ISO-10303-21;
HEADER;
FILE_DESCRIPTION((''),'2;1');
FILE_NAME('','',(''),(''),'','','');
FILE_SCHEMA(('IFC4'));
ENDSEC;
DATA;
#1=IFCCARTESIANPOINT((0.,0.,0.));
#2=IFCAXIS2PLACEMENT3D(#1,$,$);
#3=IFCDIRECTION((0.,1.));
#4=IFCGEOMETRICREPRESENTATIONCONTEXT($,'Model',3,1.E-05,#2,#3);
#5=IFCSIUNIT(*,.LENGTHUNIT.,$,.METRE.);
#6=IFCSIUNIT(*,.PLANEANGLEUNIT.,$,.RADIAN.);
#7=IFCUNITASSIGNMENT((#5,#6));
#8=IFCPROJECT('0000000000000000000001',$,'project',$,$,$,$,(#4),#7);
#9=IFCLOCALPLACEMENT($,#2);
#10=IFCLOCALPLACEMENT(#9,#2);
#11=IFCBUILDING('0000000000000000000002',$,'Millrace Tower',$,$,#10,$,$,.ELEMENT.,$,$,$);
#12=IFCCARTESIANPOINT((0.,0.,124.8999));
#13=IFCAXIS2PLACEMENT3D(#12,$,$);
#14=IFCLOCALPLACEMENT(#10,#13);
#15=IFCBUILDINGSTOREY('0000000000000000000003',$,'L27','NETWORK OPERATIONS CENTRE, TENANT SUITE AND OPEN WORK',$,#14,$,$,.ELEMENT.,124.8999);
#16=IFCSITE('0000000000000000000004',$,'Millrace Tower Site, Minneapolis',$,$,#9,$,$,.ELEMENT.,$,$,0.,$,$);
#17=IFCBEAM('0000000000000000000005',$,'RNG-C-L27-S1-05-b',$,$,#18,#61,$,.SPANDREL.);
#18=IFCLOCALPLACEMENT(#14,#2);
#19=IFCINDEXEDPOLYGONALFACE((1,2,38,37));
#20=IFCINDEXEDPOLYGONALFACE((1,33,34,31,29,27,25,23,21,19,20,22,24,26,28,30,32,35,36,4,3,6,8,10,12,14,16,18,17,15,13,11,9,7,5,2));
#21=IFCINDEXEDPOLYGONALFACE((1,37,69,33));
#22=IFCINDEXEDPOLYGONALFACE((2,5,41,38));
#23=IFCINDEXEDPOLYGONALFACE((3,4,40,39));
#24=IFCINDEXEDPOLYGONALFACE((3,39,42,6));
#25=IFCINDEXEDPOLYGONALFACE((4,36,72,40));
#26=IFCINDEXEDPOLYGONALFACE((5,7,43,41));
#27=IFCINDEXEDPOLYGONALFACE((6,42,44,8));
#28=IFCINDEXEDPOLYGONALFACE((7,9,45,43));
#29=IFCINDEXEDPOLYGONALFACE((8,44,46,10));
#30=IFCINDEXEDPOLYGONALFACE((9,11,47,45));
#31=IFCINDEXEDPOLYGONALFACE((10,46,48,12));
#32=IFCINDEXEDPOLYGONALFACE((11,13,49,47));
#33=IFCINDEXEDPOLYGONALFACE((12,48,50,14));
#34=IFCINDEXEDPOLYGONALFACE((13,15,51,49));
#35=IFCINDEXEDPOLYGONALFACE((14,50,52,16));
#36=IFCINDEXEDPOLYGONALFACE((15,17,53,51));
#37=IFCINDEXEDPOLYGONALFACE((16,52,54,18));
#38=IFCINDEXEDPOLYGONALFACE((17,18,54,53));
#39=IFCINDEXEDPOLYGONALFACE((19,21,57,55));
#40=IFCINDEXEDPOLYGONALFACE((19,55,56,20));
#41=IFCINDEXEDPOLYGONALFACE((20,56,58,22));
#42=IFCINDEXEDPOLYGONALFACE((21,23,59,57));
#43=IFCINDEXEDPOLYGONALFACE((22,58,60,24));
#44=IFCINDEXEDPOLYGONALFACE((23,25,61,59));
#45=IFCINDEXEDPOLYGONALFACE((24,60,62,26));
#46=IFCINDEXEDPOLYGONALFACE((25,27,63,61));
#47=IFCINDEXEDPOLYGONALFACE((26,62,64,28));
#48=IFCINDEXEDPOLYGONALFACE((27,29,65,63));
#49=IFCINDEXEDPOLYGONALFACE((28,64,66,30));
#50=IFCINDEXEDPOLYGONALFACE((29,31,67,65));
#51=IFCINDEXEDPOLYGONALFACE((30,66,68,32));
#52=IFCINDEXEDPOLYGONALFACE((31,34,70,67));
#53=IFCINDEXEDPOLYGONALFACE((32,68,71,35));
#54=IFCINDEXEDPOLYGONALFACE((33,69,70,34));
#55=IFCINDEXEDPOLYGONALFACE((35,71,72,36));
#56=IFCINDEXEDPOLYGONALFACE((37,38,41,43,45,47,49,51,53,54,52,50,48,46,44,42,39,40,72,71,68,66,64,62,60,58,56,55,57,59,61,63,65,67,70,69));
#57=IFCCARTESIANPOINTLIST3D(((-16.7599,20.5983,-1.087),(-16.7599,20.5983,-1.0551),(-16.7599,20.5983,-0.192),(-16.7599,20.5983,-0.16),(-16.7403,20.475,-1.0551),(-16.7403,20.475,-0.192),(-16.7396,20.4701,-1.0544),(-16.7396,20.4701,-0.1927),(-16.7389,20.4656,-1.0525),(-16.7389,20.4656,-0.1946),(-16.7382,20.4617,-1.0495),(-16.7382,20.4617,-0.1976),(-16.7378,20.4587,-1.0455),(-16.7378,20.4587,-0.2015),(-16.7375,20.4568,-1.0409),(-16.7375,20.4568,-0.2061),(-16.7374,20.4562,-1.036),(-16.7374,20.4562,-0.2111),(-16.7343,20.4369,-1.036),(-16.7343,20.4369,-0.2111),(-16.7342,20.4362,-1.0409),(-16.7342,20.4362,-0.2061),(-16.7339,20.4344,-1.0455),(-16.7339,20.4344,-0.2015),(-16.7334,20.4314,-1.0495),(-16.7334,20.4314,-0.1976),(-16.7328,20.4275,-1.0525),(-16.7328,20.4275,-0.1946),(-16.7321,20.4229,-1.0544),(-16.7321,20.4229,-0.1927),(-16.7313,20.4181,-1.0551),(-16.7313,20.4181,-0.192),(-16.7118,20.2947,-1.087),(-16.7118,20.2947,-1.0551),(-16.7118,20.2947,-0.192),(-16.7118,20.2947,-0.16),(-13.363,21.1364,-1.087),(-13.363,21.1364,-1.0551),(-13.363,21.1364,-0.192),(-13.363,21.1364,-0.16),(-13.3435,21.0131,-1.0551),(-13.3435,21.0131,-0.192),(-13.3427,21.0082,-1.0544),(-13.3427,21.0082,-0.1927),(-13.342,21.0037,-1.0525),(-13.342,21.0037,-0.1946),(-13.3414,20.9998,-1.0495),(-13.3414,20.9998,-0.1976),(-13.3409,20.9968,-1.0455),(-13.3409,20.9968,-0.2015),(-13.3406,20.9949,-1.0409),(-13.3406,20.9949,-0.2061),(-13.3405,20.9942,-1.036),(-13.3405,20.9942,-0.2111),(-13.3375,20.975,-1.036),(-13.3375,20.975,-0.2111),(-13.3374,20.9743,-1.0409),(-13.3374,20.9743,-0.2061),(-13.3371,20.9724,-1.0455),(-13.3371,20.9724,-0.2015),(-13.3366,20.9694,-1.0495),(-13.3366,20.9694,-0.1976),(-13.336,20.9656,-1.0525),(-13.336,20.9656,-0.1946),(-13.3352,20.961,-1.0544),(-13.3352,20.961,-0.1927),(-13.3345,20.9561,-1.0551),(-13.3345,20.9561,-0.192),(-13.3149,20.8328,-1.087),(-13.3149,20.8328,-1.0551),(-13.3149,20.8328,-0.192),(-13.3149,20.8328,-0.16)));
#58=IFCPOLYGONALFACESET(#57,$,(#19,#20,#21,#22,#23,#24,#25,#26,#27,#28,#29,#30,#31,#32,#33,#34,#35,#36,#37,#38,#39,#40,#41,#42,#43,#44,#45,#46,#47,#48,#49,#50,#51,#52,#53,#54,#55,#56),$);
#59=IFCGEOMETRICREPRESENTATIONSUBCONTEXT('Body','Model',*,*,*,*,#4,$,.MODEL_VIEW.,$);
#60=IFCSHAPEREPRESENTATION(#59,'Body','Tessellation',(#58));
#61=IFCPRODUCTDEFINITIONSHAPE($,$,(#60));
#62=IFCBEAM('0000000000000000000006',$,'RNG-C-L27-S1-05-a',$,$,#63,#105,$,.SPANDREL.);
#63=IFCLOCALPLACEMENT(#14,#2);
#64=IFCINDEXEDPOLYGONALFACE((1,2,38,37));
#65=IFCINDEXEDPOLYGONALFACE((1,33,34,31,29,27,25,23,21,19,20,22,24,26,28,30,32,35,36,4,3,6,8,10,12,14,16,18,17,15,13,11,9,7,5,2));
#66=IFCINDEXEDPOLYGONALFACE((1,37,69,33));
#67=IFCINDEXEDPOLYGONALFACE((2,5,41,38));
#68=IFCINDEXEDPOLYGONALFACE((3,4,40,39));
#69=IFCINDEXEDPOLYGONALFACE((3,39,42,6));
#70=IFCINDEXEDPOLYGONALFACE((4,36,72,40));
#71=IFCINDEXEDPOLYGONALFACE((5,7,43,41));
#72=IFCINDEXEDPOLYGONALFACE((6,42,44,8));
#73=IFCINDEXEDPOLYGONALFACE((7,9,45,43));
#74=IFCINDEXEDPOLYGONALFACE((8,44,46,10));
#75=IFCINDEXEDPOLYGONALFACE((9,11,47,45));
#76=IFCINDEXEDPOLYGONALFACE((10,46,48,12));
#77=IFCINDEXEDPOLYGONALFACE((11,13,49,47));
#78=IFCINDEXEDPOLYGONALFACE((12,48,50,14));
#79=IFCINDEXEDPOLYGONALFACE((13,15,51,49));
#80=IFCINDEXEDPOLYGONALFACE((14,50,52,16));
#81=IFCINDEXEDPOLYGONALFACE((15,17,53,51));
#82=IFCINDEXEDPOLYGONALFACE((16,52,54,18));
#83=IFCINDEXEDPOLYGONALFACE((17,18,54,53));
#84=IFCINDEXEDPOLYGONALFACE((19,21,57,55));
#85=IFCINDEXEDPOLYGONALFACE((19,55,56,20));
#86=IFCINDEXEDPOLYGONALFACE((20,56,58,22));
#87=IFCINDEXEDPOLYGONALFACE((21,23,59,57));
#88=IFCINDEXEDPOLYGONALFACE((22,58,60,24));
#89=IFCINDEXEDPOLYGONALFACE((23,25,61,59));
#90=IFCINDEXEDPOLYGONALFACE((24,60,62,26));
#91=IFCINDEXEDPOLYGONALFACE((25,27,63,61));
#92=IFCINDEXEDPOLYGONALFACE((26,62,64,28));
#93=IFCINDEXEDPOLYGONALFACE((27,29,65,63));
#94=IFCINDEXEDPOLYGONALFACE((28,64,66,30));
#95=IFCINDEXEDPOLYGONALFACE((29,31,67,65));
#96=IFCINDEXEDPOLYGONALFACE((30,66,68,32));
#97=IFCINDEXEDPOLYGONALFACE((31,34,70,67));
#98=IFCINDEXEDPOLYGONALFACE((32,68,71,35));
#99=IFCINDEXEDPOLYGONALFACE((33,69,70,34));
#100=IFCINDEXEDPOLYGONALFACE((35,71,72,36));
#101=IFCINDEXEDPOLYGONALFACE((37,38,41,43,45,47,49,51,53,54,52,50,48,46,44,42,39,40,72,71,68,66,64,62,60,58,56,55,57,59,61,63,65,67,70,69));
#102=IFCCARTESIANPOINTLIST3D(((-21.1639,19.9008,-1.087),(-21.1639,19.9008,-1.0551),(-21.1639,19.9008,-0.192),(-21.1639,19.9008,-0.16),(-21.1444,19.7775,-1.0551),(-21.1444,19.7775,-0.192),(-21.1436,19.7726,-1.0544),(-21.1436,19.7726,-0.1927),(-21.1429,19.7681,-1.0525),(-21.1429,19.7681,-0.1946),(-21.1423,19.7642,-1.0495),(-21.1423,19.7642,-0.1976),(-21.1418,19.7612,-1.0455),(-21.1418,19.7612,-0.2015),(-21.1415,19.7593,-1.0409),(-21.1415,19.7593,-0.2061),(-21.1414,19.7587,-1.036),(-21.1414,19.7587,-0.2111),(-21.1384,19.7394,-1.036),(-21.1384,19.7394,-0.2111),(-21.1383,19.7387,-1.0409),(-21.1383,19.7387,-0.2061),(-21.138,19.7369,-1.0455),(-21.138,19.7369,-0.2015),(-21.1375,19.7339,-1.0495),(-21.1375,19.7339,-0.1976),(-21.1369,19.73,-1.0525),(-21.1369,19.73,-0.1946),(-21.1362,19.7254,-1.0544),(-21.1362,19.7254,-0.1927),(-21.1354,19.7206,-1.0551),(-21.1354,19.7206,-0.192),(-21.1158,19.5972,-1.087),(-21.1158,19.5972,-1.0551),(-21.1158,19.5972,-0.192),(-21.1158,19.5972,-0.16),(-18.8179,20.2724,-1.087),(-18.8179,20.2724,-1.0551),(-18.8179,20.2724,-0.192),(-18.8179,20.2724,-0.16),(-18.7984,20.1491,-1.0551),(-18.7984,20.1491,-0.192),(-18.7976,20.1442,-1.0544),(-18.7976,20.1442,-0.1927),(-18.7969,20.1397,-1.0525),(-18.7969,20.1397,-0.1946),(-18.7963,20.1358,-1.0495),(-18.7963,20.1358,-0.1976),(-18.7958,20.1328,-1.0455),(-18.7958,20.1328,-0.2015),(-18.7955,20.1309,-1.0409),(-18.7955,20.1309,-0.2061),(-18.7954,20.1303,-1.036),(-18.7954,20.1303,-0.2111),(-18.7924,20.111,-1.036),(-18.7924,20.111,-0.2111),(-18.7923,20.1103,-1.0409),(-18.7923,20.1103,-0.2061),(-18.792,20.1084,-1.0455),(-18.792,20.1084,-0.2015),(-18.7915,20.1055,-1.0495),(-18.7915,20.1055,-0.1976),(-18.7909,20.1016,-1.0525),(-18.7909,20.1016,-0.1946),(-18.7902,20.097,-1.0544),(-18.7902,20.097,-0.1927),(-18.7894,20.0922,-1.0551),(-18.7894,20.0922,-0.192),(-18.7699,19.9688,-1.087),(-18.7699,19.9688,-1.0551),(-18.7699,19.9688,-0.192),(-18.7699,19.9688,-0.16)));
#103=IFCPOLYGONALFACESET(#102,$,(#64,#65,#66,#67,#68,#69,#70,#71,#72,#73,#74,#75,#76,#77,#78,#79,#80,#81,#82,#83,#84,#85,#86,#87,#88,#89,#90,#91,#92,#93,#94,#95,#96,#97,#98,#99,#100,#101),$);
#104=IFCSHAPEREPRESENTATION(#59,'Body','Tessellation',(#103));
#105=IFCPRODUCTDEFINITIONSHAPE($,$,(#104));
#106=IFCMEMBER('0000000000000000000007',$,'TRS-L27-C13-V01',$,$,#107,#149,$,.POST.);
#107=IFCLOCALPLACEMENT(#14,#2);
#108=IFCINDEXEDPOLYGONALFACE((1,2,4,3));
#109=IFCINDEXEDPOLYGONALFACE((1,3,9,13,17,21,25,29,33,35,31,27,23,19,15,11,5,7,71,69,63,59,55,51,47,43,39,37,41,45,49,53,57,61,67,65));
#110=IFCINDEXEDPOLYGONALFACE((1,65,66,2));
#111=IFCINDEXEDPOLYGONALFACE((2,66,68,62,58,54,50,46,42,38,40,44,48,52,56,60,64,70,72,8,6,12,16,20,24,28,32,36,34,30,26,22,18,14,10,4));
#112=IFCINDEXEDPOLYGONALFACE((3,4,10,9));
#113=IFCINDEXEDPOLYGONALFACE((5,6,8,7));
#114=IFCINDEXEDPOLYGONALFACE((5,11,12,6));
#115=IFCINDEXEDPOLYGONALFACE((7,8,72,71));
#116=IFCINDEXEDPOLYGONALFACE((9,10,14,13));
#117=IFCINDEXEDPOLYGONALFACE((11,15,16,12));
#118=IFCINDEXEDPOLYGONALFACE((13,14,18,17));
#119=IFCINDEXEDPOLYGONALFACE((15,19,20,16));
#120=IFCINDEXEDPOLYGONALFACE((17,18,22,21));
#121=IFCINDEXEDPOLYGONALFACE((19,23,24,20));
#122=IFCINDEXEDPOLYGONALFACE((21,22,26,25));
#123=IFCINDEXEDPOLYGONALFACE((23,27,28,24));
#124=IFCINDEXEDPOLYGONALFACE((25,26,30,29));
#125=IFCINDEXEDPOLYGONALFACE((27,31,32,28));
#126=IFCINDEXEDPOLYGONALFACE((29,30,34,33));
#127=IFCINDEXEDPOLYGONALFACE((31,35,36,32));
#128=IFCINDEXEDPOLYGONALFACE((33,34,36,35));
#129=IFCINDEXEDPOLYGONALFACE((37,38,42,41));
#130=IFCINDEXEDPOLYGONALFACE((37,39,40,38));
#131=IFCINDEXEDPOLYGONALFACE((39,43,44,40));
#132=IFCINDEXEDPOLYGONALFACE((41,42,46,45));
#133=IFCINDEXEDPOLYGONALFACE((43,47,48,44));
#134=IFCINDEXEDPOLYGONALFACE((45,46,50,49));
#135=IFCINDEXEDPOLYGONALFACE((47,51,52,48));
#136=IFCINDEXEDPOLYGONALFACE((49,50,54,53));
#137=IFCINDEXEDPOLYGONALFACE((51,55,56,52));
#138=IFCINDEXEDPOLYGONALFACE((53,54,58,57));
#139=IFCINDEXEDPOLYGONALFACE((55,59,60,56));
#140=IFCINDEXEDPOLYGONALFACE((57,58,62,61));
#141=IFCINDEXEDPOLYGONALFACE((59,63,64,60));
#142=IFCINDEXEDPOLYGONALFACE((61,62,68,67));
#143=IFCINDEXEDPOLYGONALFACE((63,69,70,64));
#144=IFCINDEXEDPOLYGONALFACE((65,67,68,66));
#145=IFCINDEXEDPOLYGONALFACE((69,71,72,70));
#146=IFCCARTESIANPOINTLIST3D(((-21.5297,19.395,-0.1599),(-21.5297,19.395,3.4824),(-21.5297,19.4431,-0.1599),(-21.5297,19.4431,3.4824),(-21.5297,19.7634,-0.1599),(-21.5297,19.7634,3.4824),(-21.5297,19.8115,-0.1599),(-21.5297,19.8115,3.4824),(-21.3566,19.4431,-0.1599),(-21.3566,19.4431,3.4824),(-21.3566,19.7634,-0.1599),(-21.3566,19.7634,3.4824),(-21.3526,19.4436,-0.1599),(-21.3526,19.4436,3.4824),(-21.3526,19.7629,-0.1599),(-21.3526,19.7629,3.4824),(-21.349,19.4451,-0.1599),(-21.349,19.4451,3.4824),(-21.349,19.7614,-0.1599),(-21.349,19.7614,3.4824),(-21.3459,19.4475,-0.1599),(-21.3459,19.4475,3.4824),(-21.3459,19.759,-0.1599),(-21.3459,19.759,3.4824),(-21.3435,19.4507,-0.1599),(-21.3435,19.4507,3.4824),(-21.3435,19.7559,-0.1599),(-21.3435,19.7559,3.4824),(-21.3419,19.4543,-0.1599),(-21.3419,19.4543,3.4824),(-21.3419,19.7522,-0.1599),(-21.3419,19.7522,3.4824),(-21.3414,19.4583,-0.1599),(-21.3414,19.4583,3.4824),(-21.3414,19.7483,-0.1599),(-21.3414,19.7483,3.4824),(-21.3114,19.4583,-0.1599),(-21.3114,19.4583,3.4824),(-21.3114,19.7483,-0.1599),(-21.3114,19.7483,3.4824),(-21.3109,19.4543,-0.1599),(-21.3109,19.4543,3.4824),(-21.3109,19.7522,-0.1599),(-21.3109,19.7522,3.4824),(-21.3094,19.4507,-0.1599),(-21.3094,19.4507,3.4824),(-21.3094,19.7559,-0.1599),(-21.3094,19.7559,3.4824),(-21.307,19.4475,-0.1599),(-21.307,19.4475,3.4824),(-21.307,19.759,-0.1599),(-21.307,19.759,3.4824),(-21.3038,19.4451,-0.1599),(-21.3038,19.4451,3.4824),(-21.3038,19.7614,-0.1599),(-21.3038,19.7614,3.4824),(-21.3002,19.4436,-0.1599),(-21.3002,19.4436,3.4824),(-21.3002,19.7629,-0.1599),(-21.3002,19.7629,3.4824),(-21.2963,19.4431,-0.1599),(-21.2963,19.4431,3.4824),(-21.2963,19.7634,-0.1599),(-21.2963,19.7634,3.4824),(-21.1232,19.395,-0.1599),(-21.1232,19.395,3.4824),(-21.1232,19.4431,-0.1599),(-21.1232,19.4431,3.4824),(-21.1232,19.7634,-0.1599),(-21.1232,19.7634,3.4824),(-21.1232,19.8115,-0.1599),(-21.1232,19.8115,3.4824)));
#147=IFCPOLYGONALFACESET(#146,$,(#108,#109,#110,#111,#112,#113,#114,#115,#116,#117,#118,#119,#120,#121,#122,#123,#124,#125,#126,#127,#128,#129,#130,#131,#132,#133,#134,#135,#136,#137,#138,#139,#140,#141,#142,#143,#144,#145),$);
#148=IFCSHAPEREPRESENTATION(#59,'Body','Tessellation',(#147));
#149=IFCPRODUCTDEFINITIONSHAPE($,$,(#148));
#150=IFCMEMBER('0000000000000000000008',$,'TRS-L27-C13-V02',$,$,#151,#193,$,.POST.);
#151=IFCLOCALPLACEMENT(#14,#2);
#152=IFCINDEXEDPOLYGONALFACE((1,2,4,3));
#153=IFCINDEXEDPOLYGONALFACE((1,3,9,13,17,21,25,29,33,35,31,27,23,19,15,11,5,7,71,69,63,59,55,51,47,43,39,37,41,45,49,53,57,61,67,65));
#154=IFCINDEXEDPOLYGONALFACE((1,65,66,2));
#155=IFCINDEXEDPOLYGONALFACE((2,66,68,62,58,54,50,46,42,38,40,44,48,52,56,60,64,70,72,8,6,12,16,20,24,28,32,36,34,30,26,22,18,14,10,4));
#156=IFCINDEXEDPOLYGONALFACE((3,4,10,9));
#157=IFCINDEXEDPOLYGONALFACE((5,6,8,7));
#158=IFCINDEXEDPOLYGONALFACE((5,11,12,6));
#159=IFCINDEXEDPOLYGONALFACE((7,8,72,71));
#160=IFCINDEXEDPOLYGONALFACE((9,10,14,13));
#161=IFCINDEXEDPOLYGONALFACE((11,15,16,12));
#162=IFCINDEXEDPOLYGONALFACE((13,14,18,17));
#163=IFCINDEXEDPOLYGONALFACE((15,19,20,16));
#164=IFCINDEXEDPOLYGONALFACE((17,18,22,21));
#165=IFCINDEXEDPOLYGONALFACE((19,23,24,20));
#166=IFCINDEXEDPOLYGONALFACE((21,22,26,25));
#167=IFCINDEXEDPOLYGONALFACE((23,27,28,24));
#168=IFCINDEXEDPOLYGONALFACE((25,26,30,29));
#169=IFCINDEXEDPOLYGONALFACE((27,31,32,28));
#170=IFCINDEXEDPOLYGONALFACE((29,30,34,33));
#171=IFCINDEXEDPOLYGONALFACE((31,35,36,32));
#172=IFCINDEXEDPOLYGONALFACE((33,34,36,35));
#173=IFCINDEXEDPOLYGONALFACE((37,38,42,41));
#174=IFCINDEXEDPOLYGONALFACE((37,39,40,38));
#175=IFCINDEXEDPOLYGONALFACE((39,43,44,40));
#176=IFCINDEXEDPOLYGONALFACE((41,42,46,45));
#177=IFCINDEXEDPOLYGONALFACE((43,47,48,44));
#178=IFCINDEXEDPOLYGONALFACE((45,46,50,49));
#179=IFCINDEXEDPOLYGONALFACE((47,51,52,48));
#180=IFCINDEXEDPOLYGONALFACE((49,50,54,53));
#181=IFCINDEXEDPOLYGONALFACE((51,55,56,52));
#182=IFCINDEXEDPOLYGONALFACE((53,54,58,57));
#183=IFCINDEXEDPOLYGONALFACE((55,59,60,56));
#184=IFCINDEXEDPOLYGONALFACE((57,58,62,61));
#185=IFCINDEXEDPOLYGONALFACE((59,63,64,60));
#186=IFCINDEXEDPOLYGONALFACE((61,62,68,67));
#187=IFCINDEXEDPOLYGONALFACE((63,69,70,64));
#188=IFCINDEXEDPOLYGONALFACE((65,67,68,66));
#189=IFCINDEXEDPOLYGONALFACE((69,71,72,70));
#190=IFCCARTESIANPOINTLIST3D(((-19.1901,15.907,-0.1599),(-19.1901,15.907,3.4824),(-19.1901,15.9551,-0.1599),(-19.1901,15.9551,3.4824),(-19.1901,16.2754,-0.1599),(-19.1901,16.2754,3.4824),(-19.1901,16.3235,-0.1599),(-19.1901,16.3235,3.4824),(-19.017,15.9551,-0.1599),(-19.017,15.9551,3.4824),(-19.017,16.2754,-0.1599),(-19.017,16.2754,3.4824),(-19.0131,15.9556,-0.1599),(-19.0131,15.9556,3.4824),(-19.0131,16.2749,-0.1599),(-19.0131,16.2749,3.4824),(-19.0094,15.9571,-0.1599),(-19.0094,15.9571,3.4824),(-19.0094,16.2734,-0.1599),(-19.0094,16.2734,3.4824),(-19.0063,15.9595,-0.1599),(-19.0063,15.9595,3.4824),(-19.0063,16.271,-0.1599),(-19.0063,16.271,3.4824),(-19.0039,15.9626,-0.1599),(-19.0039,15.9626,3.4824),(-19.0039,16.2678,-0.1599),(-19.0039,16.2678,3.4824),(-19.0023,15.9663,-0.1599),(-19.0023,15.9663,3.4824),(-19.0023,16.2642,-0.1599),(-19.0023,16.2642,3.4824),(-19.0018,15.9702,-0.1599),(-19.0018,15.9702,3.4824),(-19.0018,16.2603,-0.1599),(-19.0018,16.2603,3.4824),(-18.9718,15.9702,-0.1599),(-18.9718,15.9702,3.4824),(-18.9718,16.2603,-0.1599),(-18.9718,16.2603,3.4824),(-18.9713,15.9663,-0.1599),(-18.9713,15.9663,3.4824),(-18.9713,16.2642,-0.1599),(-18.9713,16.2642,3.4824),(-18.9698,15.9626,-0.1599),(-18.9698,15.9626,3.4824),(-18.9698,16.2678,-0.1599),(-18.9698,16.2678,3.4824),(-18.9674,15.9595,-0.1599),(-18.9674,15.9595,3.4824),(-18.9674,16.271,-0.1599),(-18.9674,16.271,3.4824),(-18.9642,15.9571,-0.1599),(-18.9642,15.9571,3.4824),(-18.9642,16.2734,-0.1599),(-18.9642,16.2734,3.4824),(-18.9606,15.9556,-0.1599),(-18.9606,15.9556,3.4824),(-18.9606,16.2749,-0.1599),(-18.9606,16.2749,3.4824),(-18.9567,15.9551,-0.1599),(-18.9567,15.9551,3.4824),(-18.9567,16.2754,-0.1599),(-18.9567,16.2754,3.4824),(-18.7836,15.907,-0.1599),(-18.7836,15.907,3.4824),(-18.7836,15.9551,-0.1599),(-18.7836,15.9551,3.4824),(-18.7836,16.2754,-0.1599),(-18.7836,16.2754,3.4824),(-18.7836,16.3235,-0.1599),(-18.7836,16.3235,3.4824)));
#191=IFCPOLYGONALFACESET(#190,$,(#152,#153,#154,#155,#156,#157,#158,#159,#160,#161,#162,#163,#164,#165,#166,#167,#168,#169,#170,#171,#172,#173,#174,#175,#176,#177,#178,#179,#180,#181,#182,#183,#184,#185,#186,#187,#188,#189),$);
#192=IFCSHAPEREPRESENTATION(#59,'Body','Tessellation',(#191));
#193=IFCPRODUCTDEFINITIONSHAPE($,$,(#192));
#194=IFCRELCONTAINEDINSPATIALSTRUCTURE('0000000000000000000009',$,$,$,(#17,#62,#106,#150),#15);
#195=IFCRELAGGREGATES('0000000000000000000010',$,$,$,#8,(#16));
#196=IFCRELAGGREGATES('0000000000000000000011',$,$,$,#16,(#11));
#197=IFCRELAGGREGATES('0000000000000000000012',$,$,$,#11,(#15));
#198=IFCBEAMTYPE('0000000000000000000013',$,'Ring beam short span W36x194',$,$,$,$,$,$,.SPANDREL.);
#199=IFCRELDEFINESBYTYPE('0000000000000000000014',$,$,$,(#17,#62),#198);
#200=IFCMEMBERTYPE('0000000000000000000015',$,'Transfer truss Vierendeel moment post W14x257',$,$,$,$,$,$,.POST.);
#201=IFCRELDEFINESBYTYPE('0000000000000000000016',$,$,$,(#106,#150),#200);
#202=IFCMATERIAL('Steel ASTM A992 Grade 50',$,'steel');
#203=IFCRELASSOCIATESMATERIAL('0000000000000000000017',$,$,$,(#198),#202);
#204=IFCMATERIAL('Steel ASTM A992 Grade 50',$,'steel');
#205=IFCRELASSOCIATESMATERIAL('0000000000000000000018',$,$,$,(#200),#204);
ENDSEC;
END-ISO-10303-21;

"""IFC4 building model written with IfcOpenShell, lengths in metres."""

from ifc_helpers import new_model, si_unit, direction, frame, origin, origin_2d, place, context, subcontext, project, spatial, i_section, extrude, material, material_profile, profile_set, type_object, element, save


model = new_model("IFC4")

# Units and contexts
model_context = context("Model", 3, precision=1e-05, world=origin(), true_north=direction((0.0, 1.0)))
body_context = subcontext(model_context, "Body", "Model", "MODEL_VIEW")
ifc_project = project(units=[si_unit("LENGTHUNIT", "METRE"), si_unit("PLANEANGLEUNIT", "RADIAN")], contexts=[model_context])

# Site, building, storey
site_placement = place(None, origin())
site = spatial("IfcSite", under=ifc_project, at=site_placement, Name="Millrace Tower Site, Minneapolis", CompositionType="ELEMENT", RefElevation=0.0)
building_placement = place(site_placement, origin())
building = spatial("IfcBuilding", under=site, at=building_placement, Name="Millrace Tower", CompositionType="ELEMENT")
storey_placement = place(building_placement, frame((0.0, 0.0, 124.8999)))
storey = spatial("IfcBuildingStorey", under=building, at=storey_placement, Name="L27", Description="NETWORK OPERATIONS CENTRE, TENANT SUITE AND OPEN WORK", CompositionType="ELEMENT", Elevation=124.8999)

# Beams
ifc_material_1 = material(Name="Steel ASTM A992 Grade 50", Category="steel")
ifc_material_profile_1 = material_profile(ifc_material_1, i_section(OverallWidth=0.3074, OverallDepth=0.927, WebThickness=0.0195, FlangeThickness=0.032, FilletRadius=0.019, at=origin_2d()))
ifc_profile_set_1 = profile_set([ifc_material_profile_1], Name="Steel ASTM A992 Grade 50")
beam_type_1 = type_object("IfcBeamType", Name="Ring beam short span W36x194", PredefinedType="SPANDREL", material=ifc_profile_set_1)
beam_1_placement = place(storey_placement, frame((-16.7358, 20.4465, -0.6235), z_axis=(0.987686, 0.156451, 0.0), x_axis=(-0.156451, 0.987686, 0.0)))
element("IfcBeam", 1, at=beam_1_placement, inside=storey, type_object=beam_type_1, Name="RNG-C-L27-S1-05-b", PredefinedType="SPANDREL", context=body_context, shape_type="SweptSolid", body=[
    extrude(i_section(OverallWidth=0.3074, OverallDepth=0.927, WebThickness=0.0195, FlangeThickness=0.032, FilletRadius=0.019, at=origin_2d()), origin(), (0.0, 0.0, 1.0), 3.4392),
])
beam_2_placement = place(storey_placement, frame((-21.1399, 19.749, -0.6235), z_axis=(0.987687, 0.156443, 0.0), x_axis=(-0.156443, 0.987687, 0.0)))
element("IfcBeam", 2, at=beam_2_placement, inside=storey, type_object=beam_type_1, Name="RNG-C-L27-S1-05-a", PredefinedType="SPANDREL", context=body_context, shape_type="SweptSolid", body=[
    extrude(i_section(OverallWidth=0.3074, OverallDepth=0.927, WebThickness=0.0195, FlangeThickness=0.032, FilletRadius=0.019, at=origin_2d()), origin(), (0.0, 0.0, 1.0), 2.3752),
])

# Members
ifc_material_2 = material(Name="Steel ASTM A992 Grade 50", Category="steel")
ifc_material_profile_2 = material_profile(ifc_material_2, i_section(OverallWidth=0.4065, OverallDepth=0.4165, WebThickness=0.03, FlangeThickness=0.0481, FilletRadius=0.0151, at=origin_2d()))
ifc_profile_set_2 = profile_set([ifc_material_profile_2], Name="Steel ASTM A992 Grade 50")
member_type_1 = type_object("IfcMemberType", Name="Transfer truss Vierendeel moment post W14x257", PredefinedType="POST", material=ifc_profile_set_2)
for number, where, z_axis, x_axis, name in (
    (3, (-21.3264, 19.6033, -0.1599), (0.0, 0.0, 1.0), (1.0, 0.0, 0.0), "TRS-L27-C13-V01"),
    (4, (-18.9868, 16.1152, -0.1599), (0.0, 0.0, 1.0), (1.0, 0.0, 0.0), "TRS-L27-C13-V02"),
):
    element("IfcMember", number, at=place(storey_placement, frame(where, z_axis=z_axis, x_axis=x_axis)), inside=storey, type_object=member_type_1, Name=name, PredefinedType="POST", context=body_context, shape_type="SweptSolid", body=[
        extrude(i_section(OverallWidth=0.4065, OverallDepth=0.4165, WebThickness=0.03, FlangeThickness=0.0481, FilletRadius=0.0151, at=origin_2d()), origin(), (0.0, 0.0, 1.0), 3.6423),
    ])

save(model, "model.ifc")
